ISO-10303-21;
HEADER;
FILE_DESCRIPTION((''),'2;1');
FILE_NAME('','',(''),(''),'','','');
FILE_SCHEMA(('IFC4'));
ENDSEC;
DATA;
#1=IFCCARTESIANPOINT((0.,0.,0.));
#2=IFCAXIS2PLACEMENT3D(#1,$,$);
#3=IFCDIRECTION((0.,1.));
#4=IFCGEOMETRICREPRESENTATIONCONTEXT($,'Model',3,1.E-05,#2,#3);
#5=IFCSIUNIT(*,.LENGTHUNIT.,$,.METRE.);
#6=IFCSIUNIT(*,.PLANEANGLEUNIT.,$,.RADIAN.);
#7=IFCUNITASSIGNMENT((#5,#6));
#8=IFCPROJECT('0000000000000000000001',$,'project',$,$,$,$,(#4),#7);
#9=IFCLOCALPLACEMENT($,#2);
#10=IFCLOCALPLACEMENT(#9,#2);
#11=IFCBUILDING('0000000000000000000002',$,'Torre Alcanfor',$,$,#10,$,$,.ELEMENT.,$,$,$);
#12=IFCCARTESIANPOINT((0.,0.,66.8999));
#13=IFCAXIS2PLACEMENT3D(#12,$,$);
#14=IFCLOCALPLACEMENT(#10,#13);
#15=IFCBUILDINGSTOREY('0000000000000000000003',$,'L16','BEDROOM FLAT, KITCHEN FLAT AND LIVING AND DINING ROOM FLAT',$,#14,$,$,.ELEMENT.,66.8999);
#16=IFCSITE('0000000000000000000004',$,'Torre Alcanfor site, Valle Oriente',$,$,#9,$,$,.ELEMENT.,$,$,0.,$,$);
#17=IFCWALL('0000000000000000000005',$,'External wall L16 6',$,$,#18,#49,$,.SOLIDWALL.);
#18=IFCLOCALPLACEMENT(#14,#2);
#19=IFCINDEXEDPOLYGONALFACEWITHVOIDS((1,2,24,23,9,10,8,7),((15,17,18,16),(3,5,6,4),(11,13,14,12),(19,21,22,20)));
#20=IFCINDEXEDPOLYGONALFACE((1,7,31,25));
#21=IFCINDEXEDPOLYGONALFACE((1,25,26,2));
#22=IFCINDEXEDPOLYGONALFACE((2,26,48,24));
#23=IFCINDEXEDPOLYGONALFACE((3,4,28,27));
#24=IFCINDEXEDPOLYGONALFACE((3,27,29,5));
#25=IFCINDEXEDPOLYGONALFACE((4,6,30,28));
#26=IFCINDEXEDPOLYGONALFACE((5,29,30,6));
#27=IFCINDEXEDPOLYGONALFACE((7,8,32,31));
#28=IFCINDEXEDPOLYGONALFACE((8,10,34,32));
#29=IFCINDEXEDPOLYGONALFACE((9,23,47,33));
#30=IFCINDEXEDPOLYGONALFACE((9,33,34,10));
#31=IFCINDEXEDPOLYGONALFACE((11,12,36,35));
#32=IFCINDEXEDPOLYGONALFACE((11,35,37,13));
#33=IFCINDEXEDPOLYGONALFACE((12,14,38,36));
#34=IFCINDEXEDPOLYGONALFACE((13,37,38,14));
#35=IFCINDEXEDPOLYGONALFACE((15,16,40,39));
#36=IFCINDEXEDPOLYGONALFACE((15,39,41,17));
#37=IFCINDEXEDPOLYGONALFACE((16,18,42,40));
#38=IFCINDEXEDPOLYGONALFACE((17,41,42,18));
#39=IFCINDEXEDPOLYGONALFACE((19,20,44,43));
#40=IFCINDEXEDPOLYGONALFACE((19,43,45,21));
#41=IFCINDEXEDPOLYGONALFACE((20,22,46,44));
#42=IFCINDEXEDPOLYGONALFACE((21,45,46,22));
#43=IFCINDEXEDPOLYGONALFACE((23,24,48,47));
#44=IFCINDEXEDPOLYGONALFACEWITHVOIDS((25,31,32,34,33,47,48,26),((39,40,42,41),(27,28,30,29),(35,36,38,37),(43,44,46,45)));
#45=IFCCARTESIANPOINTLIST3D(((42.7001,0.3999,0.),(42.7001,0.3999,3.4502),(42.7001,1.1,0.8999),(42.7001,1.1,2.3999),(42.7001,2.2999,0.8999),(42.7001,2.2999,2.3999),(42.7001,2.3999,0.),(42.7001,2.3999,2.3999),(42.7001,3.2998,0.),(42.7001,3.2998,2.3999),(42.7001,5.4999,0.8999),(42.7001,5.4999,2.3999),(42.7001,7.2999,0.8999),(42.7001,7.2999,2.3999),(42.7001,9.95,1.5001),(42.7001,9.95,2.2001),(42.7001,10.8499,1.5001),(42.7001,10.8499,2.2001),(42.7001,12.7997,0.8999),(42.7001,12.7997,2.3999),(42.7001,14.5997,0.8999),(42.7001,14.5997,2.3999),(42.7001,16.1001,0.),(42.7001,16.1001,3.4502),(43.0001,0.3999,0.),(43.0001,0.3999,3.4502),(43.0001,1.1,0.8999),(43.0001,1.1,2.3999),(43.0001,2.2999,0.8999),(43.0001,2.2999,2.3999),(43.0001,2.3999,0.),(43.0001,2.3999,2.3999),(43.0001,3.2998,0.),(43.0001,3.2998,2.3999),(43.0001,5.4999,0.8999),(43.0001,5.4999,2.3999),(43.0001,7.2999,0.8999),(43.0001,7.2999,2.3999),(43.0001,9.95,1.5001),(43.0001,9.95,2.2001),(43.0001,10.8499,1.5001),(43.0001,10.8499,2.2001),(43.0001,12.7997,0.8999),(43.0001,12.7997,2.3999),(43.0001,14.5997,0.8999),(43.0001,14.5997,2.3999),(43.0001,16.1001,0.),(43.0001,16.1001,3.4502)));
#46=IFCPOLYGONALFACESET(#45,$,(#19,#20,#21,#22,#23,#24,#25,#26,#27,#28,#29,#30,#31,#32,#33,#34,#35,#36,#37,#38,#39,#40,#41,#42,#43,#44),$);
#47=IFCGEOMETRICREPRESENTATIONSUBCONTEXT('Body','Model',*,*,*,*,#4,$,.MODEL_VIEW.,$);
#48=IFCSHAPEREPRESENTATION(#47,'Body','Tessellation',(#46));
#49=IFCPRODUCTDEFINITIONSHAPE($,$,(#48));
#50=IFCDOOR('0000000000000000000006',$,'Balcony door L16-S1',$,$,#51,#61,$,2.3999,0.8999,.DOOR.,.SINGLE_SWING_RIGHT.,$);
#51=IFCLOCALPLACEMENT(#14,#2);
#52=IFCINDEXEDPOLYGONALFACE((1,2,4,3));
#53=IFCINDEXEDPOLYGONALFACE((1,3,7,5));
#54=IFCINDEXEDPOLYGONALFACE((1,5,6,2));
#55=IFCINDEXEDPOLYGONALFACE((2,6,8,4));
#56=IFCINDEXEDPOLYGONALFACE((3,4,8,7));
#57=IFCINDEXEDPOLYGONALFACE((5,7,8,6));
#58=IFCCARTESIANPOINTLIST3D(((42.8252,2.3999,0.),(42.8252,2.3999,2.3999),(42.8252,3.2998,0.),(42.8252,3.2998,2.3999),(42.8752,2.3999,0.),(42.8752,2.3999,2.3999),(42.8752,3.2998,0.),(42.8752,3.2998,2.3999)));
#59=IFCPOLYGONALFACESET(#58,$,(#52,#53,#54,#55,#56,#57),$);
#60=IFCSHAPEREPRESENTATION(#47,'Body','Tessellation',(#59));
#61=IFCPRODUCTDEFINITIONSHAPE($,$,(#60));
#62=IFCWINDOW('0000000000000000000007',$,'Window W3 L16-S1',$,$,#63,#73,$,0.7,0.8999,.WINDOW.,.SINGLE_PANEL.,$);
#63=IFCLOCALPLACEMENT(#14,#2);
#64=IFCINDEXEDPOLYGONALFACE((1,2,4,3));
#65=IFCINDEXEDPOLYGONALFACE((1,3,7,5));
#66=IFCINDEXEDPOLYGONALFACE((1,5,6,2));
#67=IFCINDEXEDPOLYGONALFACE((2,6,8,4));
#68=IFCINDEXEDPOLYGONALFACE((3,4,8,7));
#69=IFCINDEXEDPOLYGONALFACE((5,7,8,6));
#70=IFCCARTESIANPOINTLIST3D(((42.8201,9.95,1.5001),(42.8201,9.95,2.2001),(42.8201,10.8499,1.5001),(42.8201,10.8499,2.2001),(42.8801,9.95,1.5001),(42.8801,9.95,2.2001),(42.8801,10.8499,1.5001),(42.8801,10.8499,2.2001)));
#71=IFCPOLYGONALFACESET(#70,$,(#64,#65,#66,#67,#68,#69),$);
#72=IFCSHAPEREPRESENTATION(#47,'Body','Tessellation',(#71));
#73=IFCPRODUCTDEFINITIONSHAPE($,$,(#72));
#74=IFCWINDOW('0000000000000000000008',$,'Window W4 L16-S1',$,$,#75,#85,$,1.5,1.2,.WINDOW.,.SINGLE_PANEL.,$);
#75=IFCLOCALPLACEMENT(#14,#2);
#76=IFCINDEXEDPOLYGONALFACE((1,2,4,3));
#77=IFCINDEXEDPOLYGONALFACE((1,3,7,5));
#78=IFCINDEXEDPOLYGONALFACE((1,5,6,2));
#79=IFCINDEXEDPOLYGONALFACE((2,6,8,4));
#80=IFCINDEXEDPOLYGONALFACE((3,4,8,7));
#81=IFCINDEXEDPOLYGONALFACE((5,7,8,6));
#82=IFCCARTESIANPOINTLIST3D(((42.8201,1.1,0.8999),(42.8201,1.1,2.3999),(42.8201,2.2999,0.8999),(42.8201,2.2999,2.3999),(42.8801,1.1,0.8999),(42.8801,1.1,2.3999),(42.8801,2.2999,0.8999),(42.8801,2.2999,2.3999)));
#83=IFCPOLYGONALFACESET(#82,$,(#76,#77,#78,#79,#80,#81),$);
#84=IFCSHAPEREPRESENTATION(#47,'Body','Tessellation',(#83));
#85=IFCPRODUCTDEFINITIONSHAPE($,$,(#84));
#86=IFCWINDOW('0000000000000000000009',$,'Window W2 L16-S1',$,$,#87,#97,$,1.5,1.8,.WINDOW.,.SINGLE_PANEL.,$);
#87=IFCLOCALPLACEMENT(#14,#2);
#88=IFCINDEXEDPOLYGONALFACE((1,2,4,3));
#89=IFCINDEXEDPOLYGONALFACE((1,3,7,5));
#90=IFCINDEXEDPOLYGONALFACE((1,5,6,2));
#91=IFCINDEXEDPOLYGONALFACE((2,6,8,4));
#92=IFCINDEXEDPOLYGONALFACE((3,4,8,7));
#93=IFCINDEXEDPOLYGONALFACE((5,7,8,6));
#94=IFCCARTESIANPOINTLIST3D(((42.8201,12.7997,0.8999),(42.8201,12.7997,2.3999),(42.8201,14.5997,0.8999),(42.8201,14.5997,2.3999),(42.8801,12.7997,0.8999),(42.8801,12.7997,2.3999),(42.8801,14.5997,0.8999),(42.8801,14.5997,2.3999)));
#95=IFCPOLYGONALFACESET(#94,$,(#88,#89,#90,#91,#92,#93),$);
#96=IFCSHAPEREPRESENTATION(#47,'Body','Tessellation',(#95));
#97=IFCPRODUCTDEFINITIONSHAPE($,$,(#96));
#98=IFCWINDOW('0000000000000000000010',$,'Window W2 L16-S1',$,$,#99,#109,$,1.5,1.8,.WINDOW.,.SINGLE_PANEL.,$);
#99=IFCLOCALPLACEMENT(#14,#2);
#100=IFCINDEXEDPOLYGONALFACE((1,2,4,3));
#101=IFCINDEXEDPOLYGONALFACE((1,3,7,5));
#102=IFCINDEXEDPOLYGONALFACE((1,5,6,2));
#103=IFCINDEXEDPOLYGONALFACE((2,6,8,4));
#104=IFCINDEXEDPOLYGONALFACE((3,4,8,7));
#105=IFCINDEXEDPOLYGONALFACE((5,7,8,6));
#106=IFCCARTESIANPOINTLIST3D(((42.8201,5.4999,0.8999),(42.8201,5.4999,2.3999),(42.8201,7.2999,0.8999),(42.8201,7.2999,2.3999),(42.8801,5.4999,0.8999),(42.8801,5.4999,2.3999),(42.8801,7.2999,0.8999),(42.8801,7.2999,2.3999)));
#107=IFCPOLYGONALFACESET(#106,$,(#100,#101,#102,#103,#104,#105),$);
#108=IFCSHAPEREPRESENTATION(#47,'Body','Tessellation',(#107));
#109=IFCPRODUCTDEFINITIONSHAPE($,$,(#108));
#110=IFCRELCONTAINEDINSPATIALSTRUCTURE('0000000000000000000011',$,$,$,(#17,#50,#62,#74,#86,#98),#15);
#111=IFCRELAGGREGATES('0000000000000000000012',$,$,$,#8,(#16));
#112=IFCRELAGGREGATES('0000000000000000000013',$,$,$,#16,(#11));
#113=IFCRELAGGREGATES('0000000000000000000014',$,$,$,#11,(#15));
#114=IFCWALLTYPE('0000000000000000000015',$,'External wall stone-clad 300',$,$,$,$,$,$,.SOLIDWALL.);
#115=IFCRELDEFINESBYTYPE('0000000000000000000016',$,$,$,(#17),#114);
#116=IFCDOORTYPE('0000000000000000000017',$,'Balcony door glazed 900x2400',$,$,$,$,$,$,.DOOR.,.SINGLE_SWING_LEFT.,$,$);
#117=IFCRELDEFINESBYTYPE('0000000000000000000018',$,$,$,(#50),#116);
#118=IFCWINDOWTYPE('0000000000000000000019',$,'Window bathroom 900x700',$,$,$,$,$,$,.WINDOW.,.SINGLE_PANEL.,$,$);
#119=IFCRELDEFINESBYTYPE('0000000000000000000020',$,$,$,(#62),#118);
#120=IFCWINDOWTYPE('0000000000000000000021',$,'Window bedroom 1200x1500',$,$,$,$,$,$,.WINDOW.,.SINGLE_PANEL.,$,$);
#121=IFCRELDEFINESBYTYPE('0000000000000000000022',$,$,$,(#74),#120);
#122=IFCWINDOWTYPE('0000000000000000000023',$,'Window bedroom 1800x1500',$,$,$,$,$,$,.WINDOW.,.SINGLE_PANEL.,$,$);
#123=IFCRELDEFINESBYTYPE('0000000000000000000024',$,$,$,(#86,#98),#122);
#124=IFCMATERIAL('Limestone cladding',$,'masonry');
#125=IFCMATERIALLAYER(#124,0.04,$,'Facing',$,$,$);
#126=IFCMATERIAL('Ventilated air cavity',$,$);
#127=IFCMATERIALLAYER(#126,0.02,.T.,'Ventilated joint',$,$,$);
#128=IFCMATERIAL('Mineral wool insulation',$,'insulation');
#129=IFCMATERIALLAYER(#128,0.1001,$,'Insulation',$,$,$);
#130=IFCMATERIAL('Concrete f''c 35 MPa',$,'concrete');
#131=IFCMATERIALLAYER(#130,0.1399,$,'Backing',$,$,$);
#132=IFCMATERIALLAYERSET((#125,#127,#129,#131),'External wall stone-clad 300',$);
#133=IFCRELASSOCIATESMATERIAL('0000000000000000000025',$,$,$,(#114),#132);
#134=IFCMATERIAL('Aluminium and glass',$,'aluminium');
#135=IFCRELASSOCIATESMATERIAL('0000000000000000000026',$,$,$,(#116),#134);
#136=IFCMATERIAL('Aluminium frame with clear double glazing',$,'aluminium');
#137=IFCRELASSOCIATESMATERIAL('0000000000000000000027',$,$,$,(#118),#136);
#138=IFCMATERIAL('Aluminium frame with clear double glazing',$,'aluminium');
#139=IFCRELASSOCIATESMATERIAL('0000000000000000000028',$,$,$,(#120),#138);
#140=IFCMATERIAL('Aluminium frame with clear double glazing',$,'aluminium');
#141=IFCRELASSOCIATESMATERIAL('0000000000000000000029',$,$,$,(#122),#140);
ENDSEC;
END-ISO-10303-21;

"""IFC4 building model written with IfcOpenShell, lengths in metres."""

from ifc_helpers import new_model, si_unit, direction, frame, frame_2d, origin, place, context, subcontext, project, spatial, rectangle, extrude, material, layer, layer_set, type_object, element, fill, save


model = new_model("IFC4")

# Units and contexts
model_context = context("Model", 3, precision=1e-05, world=origin(), true_north=direction((0.0, 1.0)))
body_context = subcontext(model_context, "Body", "Model", "MODEL_VIEW")
ifc_project = project(units=[si_unit("LENGTHUNIT", "METRE"), si_unit("PLANEANGLEUNIT", "RADIAN")], contexts=[model_context])

# Site, building, storey
site_placement = place(None, origin())
site = spatial("IfcSite", under=ifc_project, at=site_placement, Name="Torre Alcanfor site, Valle Oriente", CompositionType="ELEMENT", RefElevation=0.0)
building_placement = place(site_placement, origin())
building = spatial("IfcBuilding", under=site, at=building_placement, Name="Torre Alcanfor", CompositionType="ELEMENT")
storey_placement = place(building_placement, frame((0.0, 0.0, 66.8999)))
storey = spatial("IfcBuildingStorey", under=building, at=storey_placement, Name="L16", Description="BEDROOM FLAT, KITCHEN FLAT AND LIVING AND DINING ROOM FLAT", CompositionType="ELEMENT", Elevation=66.8999)

# Wall, openings, door, windows
ifc_material_1 = material(Name="Limestone cladding", Category="masonry")
ifc_layer_1 = layer(ifc_material_1, 0.04, Name="Facing")
ifc_material_2 = material(Name="Ventilated air cavity")
ifc_layer_2 = layer(ifc_material_2, 0.02, ventilated=True, Name="Ventilated joint")
ifc_material_3 = material(Name="Mineral wool insulation", Category="insulation")
ifc_layer_3 = layer(ifc_material_3, 0.1001, Name="Insulation")
ifc_material_4 = material(Name="Concrete f'c 35 MPa", Category="concrete")
ifc_layer_4 = layer(ifc_material_4, 0.1399, Name="Backing")
ifc_layer_set_1 = layer_set([ifc_layer_1, ifc_layer_2, ifc_layer_3, ifc_layer_4], Name="External wall stone-clad 300")
wall_type_1 = type_object("IfcWallType", Name="External wall stone-clad 300", PredefinedType="SOLIDWALL", material=ifc_layer_set_1)
wall_1_placement = place(storey_placement, frame((42.8501, 0.3999, 0.0), z_axis=(0.0, 0.0, 1.0), x_axis=(0.0, 1.0, 0.0)))
wall_1 = element("IfcWall", 1, at=wall_1_placement, inside=storey, type_object=wall_type_1, Name="External wall L16 6", PredefinedType="SOLIDWALL", context=body_context, shape_type="SweptSolid", body=[
    extrude(rectangle(XDim=15.7002, YDim=0.3, at=frame_2d((7.8501, 0.0))), origin(), (0.0, 0.0, 1.0), 3.4502),
])
opening_1_placement = place(wall_1_placement, frame((12.3999, 0.0, 0.8999)))
opening_1 = element("IfcOpeningElement", 2, at=opening_1_placement, cuts=wall_1, PredefinedType="OPENING", context=body_context, shape_type="SweptSolid", body=[
    extrude(rectangle(XDim=1.8, YDim=1.5, at=frame_2d((0.8999, 0.75))), frame((0.0, 0.1599, 0.0), z_axis=(0.0, -1.0, 0.0), x_axis=(1.0, 0.0, 0.0)), (0.0, 0.0, 1.0), 0.3201),
])
opening_2_placement = place(wall_1_placement, frame((9.55, 0.0, 1.5)))
opening_2 = element("IfcOpeningElement", 3, at=opening_2_placement, cuts=wall_1, PredefinedType="OPENING", context=body_context, shape_type="SweptSolid", body=[
    extrude(rectangle(XDim=0.8999, YDim=0.7, at=frame_2d((0.45, 0.3501))), frame((0.0, 0.1599, 0.0), z_axis=(0.0, -1.0, 0.0), x_axis=(1.0, 0.0, 0.0)), (0.0, 0.0, 1.0), 0.3201),
])
opening_3_placement = place(wall_1_placement, frame((5.1001, 0.0, 0.8999)))
opening_3 = element("IfcOpeningElement", 4, at=opening_3_placement, cuts=wall_1, PredefinedType="OPENING", context=body_context, shape_type="SweptSolid", body=[
    extrude(rectangle(XDim=1.8, YDim=1.5, at=frame_2d((0.8999, 0.75))), frame((0.0, 0.1599, 0.0), z_axis=(0.0, -1.0, 0.0), x_axis=(1.0, 0.0, 0.0)), (0.0, 0.0, 1.0), 0.3201),
])
opening_4_placement = place(wall_1_placement, frame((2.0, 0.0, 0.0)))
opening_4 = element("IfcOpeningElement", 5, at=opening_4_placement, cuts=wall_1, PredefinedType="OPENING", context=body_context, shape_type="SweptSolid", body=[
    extrude(rectangle(XDim=0.8999, YDim=2.3999, at=frame_2d((0.45, 1.2))), frame((0.0, 0.1599, 0.0), z_axis=(0.0, -1.0, 0.0), x_axis=(1.0, 0.0, 0.0)), (0.0, 0.0, 1.0), 0.3201),
])
opening_5_placement = place(wall_1_placement, frame((0.7, 0.0, 0.8999)))
opening_5 = element("IfcOpeningElement", 6, at=opening_5_placement, cuts=wall_1, PredefinedType="OPENING", context=body_context, shape_type="SweptSolid", body=[
    extrude(rectangle(XDim=1.2, YDim=1.5, at=frame_2d((0.6001, 0.75))), frame((0.0, 0.1599, 0.0), z_axis=(0.0, -1.0, 0.0), x_axis=(1.0, 0.0, 0.0)), (0.0, 0.0, 1.0), 0.3201),
])
ifc_material_5 = material(Name="Aluminium and glass", Category="aluminium")
door_type = type_object("IfcDoorType", Name="Balcony door glazed 900x2400", OperationType="SINGLE_SWING_LEFT", PredefinedType="DOOR", material=ifc_material_5)
door_1_placement = place(opening_4_placement, origin())
door_1 = element("IfcDoor", 7, at=door_1_placement, inside=storey, type_object=door_type, Name="Balcony door L16-S1", OperationType="SINGLE_SWING_RIGHT", OverallHeight=2.3999, OverallWidth=0.8999, PredefinedType="DOOR", context=body_context, shape_type="SweptSolid", body=[
    extrude(rectangle(XDim=0.8999, YDim=2.3999, at=frame_2d((0.45, 1.2))), frame((0.0, 0.0249, 0.0), z_axis=(0.0, -1.0, 0.0), x_axis=(1.0, 0.0, 0.0)), (0.0, 0.0, 1.0), 0.05),
])
fill(opening_4, door_1)
ifc_material_6 = material(Name="Aluminium frame with clear double glazing", Category="aluminium")
window_type_1 = type_object("IfcWindowType", Name="Window bathroom 900x700", PartitioningType="SINGLE_PANEL", PredefinedType="WINDOW", material=ifc_material_6)
window_1_placement = place(opening_2_placement, origin())
window_1 = element("IfcWindow", 8, at=window_1_placement, inside=storey, type_object=window_type_1, Name="Window W3 L16-S1", OverallHeight=0.7, OverallWidth=0.8999, PartitioningType="SINGLE_PANEL", PredefinedType="WINDOW", context=body_context, shape_type="SweptSolid", body=[
    extrude(rectangle(XDim=0.8999, YDim=0.7, at=frame_2d((0.45, 0.3501))), frame((0.0, 0.03, 0.0), z_axis=(0.0, -1.0, 0.0), x_axis=(1.0, 0.0, 0.0)), (0.0, 0.0, 1.0), 0.0601),
])
fill(opening_2, window_1)
ifc_material_7 = material(Name="Aluminium frame with clear double glazing", Category="aluminium")
window_type_2 = type_object("IfcWindowType", Name="Window bedroom 1200x1500", PartitioningType="SINGLE_PANEL", PredefinedType="WINDOW", material=ifc_material_7)
window_2_placement = place(opening_5_placement, origin())
window_2 = element("IfcWindow", 9, at=window_2_placement, inside=storey, type_object=window_type_2, Name="Window W4 L16-S1", OverallHeight=1.5, OverallWidth=1.2, PartitioningType="SINGLE_PANEL", PredefinedType="WINDOW", context=body_context, shape_type="SweptSolid", body=[
    extrude(rectangle(XDim=1.2, YDim=1.5, at=frame_2d((0.6001, 0.75))), frame((0.0, 0.03, 0.0), z_axis=(0.0, -1.0, 0.0), x_axis=(1.0, 0.0, 0.0)), (0.0, 0.0, 1.0), 0.0601),
])
fill(opening_5, window_2)
ifc_material_8 = material(Name="Aluminium frame with clear double glazing", Category="aluminium")
window_type_3 = type_object("IfcWindowType", Name="Window bedroom 1800x1500", PartitioningType="SINGLE_PANEL", PredefinedType="WINDOW", material=ifc_material_8)
window_3_placement = place(opening_1_placement, origin())
window_3 = element("IfcWindow", 10, at=window_3_placement, inside=storey, type_object=window_type_3, Name="Window W2 L16-S1", OverallHeight=1.5, OverallWidth=1.8, PartitioningType="SINGLE_PANEL", PredefinedType="WINDOW", context=body_context, shape_type="SweptSolid", body=[
    extrude(rectangle(XDim=1.8, YDim=1.5, at=frame_2d((0.8999, 0.75))), frame((0.0, 0.03, 0.0), z_axis=(0.0, -1.0, 0.0), x_axis=(1.0, 0.0, 0.0)), (0.0, 0.0, 1.0), 0.0601),
])
fill(opening_1, window_3)
window_4_placement = place(opening_3_placement, origin())
window_4 = element("IfcWindow", 11, at=window_4_placement, inside=storey, type_object=window_type_3, Name="Window W2 L16-S1", OverallHeight=1.5, OverallWidth=1.8, PartitioningType="SINGLE_PANEL", PredefinedType="WINDOW", context=body_context, shape_type="SweptSolid", body=[
    extrude(rectangle(XDim=1.8, YDim=1.5, at=frame_2d((0.8999, 0.75))), frame((0.0, 0.03, 0.0), z_axis=(0.0, -1.0, 0.0), x_axis=(1.0, 0.0, 0.0)), (0.0, 0.0, 1.0), 0.0601),
])
fill(opening_3, window_4)

save(model, "model.ifc")
